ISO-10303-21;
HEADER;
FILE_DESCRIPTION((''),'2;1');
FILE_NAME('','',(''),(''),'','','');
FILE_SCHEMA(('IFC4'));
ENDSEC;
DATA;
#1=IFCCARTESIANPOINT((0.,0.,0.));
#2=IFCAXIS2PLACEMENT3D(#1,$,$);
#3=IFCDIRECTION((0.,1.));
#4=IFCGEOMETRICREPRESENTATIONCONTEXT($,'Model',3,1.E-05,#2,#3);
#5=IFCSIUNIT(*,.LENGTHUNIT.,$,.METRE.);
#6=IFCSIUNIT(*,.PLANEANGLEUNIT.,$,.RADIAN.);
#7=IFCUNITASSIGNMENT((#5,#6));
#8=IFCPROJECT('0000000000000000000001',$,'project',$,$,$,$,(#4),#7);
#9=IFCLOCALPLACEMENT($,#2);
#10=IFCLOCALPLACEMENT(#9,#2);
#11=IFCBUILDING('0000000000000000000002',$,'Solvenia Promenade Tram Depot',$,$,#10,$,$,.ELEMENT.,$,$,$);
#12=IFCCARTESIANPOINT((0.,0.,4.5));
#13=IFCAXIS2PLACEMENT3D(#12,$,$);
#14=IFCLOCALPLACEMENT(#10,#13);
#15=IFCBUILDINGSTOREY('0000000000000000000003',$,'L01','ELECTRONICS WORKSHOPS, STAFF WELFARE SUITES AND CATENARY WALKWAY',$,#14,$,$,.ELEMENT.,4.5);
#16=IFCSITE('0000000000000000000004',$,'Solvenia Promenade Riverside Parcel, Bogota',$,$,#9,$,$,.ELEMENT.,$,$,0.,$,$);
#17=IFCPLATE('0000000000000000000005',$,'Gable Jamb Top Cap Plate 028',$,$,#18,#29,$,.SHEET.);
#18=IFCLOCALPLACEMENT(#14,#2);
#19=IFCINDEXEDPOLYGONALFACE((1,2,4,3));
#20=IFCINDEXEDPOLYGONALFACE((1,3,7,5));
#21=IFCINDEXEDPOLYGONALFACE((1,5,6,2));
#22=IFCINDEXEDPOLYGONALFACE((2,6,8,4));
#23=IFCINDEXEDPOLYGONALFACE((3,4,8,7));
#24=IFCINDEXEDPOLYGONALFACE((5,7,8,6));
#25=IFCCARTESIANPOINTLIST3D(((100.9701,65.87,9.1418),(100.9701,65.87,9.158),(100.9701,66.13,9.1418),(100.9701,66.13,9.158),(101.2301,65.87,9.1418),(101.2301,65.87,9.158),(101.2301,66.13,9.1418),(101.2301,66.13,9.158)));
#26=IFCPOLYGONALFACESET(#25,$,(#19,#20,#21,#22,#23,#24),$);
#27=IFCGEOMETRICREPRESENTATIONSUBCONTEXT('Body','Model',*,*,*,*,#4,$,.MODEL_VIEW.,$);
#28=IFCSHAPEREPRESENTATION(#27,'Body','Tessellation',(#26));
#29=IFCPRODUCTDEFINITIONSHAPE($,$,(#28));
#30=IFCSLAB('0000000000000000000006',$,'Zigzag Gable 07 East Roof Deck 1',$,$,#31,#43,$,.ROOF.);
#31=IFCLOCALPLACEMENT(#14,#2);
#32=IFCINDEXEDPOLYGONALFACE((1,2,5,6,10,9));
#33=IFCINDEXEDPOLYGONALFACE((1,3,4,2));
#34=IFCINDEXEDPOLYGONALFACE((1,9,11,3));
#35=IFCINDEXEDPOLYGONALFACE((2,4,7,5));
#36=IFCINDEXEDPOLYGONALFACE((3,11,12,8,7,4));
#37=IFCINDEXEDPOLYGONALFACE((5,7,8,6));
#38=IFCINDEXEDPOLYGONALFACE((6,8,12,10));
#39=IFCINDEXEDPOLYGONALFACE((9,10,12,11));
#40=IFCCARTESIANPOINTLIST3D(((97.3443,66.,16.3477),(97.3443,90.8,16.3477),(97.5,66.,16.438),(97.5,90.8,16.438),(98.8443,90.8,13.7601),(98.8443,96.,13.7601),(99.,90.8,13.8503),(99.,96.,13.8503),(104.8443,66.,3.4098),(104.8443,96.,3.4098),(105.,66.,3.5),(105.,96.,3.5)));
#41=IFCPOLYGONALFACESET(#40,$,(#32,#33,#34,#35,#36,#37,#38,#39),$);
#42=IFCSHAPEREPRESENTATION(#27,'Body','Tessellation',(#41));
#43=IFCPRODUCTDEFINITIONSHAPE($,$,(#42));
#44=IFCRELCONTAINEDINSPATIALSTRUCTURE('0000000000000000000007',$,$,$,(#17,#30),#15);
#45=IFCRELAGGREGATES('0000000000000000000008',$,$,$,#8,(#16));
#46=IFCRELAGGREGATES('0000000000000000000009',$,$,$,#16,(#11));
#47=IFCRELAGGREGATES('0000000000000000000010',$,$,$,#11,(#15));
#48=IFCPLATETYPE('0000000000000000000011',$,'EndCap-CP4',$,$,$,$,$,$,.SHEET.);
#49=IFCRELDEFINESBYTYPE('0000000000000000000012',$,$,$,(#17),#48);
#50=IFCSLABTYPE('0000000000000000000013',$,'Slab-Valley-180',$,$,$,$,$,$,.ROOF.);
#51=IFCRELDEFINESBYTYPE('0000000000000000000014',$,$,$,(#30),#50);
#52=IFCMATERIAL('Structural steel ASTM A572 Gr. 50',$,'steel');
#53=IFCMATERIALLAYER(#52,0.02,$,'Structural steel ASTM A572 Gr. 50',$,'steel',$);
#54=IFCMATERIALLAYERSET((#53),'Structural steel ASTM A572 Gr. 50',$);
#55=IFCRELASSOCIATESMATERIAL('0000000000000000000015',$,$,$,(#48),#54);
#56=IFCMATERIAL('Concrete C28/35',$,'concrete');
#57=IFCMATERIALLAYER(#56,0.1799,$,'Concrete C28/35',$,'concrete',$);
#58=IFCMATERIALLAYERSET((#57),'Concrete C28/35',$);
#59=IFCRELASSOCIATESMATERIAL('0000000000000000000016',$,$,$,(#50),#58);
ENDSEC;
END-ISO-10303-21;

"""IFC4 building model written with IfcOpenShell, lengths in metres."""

from ifc_helpers import new_model, si_unit, direction, frame, origin, origin_2d, place, context, subcontext, project, spatial, polyline, rectangle, outline, extrude, material, layer, layer_set, type_object, element, save


model = new_model("IFC4")

# Units and contexts
model_context = context("Model", 3, precision=1e-05, world=origin(), true_north=direction((0.0, 1.0)))
body_context = subcontext(model_context, "Body", "Model", "MODEL_VIEW")
ifc_project = project(units=[si_unit("LENGTHUNIT", "METRE"), si_unit("PLANEANGLEUNIT", "RADIAN")], contexts=[model_context])

# Site, building, storey
site_placement = place(None, origin())
site = spatial("IfcSite", under=ifc_project, at=site_placement, Name="Solvenia Promenade Riverside Parcel, Bogota", CompositionType="ELEMENT", RefElevation=0.0)
building_placement = place(site_placement, origin())
building = spatial("IfcBuilding", under=site, at=building_placement, Name="Solvenia Promenade Tram Depot", CompositionType="ELEMENT")
storey_placement = place(building_placement, frame((0.0, 0.0, 4.5)))
storey = spatial("IfcBuildingStorey", under=building, at=storey_placement, Name="L01", Description="ELECTRONICS WORKSHOPS, STAFF WELFARE SUITES AND CATENARY WALKWAY", CompositionType="ELEMENT", Elevation=4.5)

# Plate
ifc_material_1 = material(Name="Structural steel ASTM A572 Gr. 50", Category="steel")
ifc_layer_1 = layer(ifc_material_1, 0.02, Name="Structural steel ASTM A572 Gr. 50", Category="steel")
ifc_layer_set_1 = layer_set([ifc_layer_1], Name="Structural steel ASTM A572 Gr. 50")
plate_type_1 = type_object("IfcPlateType", Name="EndCap-CP4", PredefinedType="SHEET", material=ifc_layer_set_1)
for number, where, z_axis, x_axis, name in (
    (1, (101.1001, 66.0, 9.1418), (0.0, 0.0, 1.0), (1.0, 0.0, 0.0), "Gable Jamb Top Cap Plate 028"),
):
    element("IfcPlate", number, at=place(storey_placement, frame(where, z_axis=z_axis, x_axis=x_axis)), inside=storey, type_object=plate_type_1, Name=name, PredefinedType="SHEET", context=body_context, shape_type="SweptSolid", body=[
        extrude(rectangle(XDim=0.26, YDim=0.26, at=origin_2d()), origin(), (0.0, 0.0, 1.0), 0.0161),
    ])

# Slab
ifc_material_2 = material(Name="Concrete C28/35", Category="concrete")
ifc_layer_2 = layer(ifc_material_2, 0.1799, Name="Concrete C28/35", Category="concrete")
ifc_layer_set_2 = layer_set([ifc_layer_2], Name="Concrete C28/35")
slab_type = type_object("IfcSlabType", Name="Slab-Valley-180", PredefinedType="ROOF", material=ifc_layer_set_2)
slab_placement = place(storey_placement, frame((97.5, 66.0, 16.438), z_axis=(0.865148, 0.0, 0.501517), x_axis=(0.0, 1.0, 0.0)))
element("IfcSlab", 2, at=slab_placement, inside=storey, type_object=slab_type, Name="Zigzag Gable 07 East Roof Deck 1", PredefinedType="ROOF", context=body_context, shape_type="SweptSolid", body=[
    extrude(outline(polyline([(0.0, 0.0), (24.8, 0.0), (24.8, -2.991), (30.0, -2.991), (30.0, -14.9546), (0.0, -14.9546), (0.0, 0.0)])), origin(), (0.0, 0.0, -1.0), 0.1799),
])

save(model, "model.ifc")
